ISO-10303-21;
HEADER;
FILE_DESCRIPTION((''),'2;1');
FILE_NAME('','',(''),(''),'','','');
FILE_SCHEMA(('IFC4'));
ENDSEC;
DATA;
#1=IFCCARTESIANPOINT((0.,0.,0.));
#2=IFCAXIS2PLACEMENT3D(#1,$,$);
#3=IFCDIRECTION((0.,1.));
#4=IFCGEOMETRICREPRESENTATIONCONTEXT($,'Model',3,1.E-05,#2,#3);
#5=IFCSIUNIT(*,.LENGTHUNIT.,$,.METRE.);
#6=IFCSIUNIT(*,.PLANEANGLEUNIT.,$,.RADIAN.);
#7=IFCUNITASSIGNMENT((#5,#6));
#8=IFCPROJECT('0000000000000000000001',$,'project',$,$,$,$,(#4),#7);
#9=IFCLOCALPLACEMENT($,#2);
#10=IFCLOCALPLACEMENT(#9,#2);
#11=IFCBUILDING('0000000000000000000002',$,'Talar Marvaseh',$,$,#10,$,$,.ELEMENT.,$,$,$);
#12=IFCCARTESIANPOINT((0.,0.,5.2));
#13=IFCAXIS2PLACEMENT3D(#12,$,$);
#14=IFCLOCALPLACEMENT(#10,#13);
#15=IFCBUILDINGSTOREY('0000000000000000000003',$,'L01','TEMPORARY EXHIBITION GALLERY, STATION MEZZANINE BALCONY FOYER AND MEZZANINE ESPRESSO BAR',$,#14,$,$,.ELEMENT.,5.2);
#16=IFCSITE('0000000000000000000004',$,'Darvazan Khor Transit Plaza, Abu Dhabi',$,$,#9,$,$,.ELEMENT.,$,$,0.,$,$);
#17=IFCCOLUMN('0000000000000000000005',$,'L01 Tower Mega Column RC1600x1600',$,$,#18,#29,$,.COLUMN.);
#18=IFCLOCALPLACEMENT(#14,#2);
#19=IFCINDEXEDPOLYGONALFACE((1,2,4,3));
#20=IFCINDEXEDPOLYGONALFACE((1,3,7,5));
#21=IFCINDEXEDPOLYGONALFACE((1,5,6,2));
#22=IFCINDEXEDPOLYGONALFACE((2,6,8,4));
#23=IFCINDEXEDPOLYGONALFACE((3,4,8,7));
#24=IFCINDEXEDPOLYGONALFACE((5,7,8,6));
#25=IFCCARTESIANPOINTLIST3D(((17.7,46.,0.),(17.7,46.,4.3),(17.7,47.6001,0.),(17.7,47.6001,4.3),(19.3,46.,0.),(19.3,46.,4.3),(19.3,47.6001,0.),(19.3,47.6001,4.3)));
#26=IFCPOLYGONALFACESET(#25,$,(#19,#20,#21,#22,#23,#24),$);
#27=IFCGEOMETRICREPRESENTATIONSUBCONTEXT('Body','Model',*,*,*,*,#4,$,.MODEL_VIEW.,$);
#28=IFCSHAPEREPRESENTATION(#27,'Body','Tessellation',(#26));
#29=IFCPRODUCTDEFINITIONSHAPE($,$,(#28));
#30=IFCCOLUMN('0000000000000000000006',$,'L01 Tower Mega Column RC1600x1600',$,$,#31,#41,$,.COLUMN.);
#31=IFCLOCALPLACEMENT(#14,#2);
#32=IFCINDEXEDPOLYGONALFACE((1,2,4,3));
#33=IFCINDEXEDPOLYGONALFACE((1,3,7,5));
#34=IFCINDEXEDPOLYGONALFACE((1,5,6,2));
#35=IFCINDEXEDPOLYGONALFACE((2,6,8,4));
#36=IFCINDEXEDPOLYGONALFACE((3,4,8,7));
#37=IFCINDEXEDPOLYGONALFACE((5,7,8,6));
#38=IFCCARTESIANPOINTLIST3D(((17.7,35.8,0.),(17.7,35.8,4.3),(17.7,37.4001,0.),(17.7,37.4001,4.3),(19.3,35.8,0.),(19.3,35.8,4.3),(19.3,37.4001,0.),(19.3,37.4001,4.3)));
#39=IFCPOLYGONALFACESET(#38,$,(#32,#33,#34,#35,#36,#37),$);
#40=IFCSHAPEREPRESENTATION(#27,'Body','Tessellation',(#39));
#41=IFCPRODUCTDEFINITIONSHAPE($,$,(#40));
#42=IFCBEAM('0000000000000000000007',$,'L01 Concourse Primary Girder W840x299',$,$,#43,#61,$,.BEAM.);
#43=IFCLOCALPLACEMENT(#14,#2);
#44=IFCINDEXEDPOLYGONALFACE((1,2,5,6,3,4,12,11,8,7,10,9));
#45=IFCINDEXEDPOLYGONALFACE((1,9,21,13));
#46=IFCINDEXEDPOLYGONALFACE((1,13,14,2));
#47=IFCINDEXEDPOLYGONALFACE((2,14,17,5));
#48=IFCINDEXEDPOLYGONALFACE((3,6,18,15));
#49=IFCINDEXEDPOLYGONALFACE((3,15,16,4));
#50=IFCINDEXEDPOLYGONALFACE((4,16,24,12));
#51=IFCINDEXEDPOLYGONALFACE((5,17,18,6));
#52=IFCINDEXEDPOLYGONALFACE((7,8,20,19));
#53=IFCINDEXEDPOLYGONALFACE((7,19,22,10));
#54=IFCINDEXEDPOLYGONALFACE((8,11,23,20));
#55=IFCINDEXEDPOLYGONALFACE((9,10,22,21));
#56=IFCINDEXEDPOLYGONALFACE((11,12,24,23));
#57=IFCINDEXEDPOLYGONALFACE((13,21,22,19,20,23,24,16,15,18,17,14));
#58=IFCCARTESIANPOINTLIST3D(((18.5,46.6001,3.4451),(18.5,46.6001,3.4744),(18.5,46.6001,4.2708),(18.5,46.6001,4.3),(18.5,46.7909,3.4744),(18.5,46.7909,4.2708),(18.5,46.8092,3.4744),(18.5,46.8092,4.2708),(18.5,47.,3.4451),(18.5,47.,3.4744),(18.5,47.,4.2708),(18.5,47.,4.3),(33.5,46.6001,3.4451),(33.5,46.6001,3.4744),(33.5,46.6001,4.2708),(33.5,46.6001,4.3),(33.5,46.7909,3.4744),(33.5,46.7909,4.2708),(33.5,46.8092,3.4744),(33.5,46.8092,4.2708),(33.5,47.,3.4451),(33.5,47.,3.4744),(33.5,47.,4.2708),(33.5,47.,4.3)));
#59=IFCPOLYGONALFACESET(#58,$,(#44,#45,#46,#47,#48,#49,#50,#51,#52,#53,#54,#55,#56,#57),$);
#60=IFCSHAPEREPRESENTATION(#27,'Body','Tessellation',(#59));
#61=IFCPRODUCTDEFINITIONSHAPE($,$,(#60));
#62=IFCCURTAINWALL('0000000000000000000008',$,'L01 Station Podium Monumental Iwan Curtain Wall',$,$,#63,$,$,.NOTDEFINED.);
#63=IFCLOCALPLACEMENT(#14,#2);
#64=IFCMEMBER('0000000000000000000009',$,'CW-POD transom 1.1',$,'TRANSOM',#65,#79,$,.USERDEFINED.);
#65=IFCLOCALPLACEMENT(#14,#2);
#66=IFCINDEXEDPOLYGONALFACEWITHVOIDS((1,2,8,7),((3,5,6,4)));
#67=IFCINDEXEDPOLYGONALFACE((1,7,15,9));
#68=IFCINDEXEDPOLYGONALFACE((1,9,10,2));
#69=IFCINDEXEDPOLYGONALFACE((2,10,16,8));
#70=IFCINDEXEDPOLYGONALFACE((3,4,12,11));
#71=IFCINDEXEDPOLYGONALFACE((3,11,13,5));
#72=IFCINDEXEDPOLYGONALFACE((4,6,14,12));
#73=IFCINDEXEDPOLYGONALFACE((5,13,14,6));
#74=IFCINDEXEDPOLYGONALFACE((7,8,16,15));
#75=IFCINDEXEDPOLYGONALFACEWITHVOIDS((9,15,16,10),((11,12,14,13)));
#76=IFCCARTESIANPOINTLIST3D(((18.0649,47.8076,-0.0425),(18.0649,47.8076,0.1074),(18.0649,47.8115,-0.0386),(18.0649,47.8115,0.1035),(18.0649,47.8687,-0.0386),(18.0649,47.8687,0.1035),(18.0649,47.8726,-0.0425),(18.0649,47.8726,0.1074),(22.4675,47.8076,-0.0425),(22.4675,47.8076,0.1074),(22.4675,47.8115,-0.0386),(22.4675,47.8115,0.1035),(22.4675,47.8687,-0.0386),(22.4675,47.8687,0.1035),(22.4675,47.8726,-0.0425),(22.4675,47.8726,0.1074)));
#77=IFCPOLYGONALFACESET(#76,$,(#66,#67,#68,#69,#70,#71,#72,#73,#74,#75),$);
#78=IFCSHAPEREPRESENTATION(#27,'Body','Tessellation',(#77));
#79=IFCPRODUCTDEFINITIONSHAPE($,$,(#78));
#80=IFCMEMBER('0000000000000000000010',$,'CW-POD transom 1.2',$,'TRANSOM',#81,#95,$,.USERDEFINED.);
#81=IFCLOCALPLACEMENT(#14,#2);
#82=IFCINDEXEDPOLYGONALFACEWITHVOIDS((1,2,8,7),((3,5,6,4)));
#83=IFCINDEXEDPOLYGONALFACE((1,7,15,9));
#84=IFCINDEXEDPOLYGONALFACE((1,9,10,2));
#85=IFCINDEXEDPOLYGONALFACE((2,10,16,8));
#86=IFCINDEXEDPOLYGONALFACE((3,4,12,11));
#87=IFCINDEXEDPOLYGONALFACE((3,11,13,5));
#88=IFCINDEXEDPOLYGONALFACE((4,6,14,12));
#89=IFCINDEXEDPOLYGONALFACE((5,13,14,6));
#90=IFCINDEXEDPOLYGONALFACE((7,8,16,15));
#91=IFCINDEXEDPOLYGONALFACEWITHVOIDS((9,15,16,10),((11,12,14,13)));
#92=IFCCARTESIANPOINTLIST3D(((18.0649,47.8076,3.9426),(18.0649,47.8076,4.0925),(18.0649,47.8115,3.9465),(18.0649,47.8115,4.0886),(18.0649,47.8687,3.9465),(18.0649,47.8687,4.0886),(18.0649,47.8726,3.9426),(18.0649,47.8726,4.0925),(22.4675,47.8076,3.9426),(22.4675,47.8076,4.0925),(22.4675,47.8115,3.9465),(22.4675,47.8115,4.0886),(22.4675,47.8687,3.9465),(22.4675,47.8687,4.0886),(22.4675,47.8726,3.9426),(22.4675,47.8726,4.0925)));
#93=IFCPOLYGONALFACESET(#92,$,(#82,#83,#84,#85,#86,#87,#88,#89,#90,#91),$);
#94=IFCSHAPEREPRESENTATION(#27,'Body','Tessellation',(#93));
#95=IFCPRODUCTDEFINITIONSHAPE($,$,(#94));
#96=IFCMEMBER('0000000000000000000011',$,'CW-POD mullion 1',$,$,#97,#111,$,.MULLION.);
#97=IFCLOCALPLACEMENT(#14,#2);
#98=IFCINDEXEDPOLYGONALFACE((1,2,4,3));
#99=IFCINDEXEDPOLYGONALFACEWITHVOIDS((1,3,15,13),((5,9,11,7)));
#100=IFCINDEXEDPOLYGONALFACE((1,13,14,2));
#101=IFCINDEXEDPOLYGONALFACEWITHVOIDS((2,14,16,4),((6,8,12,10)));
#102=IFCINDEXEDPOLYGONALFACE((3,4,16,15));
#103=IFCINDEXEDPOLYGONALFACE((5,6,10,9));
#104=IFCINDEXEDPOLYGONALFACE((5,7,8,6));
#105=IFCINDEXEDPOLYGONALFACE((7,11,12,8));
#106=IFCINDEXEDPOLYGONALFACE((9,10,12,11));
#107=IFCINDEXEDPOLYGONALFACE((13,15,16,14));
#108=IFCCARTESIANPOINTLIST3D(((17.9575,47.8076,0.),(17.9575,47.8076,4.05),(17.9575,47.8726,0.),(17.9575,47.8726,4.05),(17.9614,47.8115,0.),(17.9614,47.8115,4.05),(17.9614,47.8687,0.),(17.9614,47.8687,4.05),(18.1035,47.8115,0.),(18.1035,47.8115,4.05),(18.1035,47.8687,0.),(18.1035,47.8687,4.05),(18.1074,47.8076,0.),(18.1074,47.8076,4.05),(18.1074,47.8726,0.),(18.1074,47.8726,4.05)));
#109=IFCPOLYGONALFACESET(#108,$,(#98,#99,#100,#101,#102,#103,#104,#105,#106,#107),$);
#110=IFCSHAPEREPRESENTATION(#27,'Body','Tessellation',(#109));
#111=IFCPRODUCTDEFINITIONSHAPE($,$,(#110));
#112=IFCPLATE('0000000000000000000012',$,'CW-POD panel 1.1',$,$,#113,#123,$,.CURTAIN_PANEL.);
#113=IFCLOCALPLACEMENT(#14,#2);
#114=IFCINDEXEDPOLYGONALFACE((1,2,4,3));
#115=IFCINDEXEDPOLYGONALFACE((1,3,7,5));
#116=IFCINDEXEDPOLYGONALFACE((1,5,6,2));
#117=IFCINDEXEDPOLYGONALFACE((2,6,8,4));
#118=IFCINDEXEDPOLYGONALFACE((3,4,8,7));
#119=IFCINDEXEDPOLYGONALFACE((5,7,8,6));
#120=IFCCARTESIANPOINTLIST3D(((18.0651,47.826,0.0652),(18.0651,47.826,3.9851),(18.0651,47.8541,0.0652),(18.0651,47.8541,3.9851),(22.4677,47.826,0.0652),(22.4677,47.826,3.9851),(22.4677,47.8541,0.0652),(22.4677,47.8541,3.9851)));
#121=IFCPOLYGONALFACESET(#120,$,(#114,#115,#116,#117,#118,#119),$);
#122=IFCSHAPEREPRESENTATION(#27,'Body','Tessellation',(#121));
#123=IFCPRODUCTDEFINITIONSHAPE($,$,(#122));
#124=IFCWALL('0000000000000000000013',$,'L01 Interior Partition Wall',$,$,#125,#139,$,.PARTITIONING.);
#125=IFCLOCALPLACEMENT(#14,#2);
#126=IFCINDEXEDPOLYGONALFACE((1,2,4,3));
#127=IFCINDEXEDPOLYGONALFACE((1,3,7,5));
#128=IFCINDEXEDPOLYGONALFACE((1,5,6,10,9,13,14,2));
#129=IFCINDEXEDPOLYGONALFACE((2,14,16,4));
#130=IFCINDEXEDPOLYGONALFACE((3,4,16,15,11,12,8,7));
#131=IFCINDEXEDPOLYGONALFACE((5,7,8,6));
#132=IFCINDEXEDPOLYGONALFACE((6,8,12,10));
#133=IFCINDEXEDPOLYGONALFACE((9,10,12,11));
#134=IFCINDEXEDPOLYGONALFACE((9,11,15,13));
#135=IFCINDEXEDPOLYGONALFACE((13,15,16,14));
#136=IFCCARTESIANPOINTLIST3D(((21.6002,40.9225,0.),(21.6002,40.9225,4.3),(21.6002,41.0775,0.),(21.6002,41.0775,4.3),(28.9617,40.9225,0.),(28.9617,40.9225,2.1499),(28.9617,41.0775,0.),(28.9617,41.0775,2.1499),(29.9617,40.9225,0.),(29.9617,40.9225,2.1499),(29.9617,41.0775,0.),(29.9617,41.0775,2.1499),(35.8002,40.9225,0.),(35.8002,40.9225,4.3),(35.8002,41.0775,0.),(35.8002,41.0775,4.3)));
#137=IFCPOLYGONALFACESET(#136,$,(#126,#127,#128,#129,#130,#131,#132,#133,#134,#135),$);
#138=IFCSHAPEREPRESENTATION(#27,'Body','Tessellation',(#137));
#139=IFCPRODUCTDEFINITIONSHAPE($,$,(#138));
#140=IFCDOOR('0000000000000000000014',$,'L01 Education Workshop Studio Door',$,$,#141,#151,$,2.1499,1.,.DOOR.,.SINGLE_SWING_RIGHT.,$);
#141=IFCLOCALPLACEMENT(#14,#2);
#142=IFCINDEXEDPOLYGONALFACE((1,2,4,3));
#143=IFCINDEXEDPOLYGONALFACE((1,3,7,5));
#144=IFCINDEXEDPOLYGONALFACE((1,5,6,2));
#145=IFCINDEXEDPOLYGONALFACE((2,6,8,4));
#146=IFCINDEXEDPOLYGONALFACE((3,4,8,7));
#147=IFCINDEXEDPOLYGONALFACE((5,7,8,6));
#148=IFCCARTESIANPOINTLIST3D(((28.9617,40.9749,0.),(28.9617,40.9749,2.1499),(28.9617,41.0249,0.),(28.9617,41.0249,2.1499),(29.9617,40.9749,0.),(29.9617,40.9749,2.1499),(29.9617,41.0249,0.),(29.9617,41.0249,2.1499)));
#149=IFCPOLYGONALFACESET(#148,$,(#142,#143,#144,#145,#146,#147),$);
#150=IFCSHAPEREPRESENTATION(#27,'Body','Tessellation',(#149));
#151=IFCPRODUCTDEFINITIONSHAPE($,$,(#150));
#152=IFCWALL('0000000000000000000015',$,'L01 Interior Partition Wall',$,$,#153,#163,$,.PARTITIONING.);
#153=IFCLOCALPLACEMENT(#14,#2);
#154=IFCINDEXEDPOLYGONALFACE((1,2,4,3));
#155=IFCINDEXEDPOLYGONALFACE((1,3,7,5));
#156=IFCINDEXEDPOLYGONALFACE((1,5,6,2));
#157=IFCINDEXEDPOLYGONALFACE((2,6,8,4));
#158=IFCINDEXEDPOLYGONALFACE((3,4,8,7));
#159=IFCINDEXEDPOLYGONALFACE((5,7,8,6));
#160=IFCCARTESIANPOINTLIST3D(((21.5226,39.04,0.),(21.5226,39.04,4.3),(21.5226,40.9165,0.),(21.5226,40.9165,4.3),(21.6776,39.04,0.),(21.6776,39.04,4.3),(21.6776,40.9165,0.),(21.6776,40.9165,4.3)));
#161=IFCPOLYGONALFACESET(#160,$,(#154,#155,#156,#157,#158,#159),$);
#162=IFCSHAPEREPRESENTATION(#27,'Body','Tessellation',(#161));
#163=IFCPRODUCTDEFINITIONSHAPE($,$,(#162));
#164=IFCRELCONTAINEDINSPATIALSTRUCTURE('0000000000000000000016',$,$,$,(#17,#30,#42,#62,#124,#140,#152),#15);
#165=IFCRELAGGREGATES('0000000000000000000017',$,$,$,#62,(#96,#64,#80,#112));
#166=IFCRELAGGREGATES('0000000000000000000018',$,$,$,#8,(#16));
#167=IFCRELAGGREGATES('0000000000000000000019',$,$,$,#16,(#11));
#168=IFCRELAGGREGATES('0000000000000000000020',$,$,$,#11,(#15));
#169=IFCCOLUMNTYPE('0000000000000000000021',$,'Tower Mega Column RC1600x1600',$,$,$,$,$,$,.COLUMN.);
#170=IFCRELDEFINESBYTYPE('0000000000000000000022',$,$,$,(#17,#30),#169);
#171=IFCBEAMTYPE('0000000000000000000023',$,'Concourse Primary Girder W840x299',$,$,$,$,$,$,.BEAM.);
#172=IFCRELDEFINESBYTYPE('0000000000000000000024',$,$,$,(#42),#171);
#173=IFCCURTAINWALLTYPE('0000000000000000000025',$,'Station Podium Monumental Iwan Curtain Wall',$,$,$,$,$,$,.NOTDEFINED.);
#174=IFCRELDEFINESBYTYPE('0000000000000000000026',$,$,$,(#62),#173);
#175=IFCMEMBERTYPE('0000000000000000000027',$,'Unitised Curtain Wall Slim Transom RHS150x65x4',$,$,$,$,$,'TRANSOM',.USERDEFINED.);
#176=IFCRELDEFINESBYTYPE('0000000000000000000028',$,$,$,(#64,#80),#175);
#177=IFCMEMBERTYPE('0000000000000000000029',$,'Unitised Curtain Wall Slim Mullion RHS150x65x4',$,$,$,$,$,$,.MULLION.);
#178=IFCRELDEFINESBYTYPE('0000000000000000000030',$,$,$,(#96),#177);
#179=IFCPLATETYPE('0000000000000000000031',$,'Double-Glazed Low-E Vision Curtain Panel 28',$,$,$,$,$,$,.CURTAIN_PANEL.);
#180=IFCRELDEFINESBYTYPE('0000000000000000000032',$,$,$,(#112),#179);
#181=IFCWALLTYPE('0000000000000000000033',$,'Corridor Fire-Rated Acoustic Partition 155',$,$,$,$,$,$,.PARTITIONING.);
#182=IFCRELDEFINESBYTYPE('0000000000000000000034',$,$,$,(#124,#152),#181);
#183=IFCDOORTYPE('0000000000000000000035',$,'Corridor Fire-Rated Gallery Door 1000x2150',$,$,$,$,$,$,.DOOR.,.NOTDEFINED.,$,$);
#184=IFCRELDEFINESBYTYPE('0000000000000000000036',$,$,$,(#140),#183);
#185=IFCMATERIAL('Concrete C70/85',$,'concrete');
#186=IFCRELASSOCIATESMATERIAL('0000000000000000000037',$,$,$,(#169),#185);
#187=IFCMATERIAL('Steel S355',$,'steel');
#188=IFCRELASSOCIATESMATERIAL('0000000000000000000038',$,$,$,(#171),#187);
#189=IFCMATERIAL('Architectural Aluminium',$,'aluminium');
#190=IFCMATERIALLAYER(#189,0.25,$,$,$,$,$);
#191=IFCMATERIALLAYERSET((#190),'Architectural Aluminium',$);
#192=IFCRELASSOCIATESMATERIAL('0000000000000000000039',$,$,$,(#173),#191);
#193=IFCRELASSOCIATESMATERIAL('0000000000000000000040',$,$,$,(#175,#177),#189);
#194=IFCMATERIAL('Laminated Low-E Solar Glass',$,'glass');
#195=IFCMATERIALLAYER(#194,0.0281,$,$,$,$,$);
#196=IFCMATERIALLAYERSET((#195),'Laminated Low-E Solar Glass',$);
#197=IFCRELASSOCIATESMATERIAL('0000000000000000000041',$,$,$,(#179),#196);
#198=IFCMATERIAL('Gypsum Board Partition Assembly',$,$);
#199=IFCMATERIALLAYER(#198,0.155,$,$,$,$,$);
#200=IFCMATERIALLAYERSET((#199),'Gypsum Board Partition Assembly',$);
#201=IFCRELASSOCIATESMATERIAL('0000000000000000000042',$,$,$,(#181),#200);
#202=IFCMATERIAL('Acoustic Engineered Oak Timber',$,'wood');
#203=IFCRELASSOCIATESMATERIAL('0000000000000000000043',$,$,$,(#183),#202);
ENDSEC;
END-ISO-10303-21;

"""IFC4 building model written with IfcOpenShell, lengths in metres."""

from ifc_helpers import new_model, si_unit, direction, frame, frame_2d, origin, origin_2d, place, context, subcontext, project, spatial, rectangle, hollow_rectangle, i_section, extrude, source, transform, mapped, material, layer, layer_set, material_profile, profile_set, type_object, type_shapes, element, fill, aggregate, save


model = new_model("IFC4")

# Units and contexts
model_context = context("Model", 3, precision=1e-05, world=origin(), true_north=direction((0.0, 1.0)))
body_context = subcontext(model_context, "Body", "Model", "MODEL_VIEW")
ifc_project = project(units=[si_unit("LENGTHUNIT", "METRE"), si_unit("PLANEANGLEUNIT", "RADIAN")], contexts=[model_context])

# Site, building, storey
site_placement = place(None, origin())
site = spatial("IfcSite", under=ifc_project, at=site_placement, Name="Darvazan Khor Transit Plaza, Abu Dhabi", CompositionType="ELEMENT", RefElevation=0.0)
building_placement = place(site_placement, origin())
building = spatial("IfcBuilding", under=site, at=building_placement, Name="Talar Marvaseh", CompositionType="ELEMENT")
storey_placement = place(building_placement, frame((0.0, 0.0, 5.2)))
storey = spatial("IfcBuildingStorey", under=building, at=storey_placement, Name="L01", Description="TEMPORARY EXHIBITION GALLERY, STATION MEZZANINE BALCONY FOYER AND MEZZANINE ESPRESSO BAR", CompositionType="ELEMENT", Elevation=5.2)

# Columns
ifc_material_1 = material(Name="Concrete C70/85", Category="concrete")
ifc_material_profile_1 = material_profile(ifc_material_1, rectangle(XDim=1.6001, YDim=1.6001, at=origin_2d()), Name="RC1600x1600")
ifc_profile_set_1 = profile_set([ifc_material_profile_1], Name="Concrete C70/85")
column_type = type_object("IfcColumnType", Name="Tower Mega Column RC1600x1600", PredefinedType="COLUMN", material=ifc_profile_set_1)
for number, where, z_axis, x_axis, name in (
    (1, (18.5, 46.8, 0.0), (0.0, 0.0, 1.0), (1.0, 0.0, 0.0), "L01 Tower Mega Column RC1600x1600"),
    (2, (18.5, 36.6001, 0.0), (0.0, 0.0, 1.0), (1.0, 0.0, 0.0), "L01 Tower Mega Column RC1600x1600"),
):
    element("IfcColumn", number, at=place(storey_placement, frame(where, z_axis=z_axis, x_axis=x_axis)), inside=storey, type_object=column_type, Name=name, PredefinedType="COLUMN", context=body_context, shape_type="SweptSolid", body=[
        extrude(rectangle(XDim=1.6001, YDim=1.6001, at=origin_2d()), origin(), (0.0, 0.0, 1.0), 4.3),
    ])

# Beam
ifc_material_2 = material(Name="Steel S355", Category="steel")
ifc_material_profile_2 = material_profile(ifc_material_2, i_section(OverallWidth=0.3999, OverallDepth=0.855, WebThickness=0.0183, FlangeThickness=0.0293, at=origin_2d()), Name="W840x299")
ifc_profile_set_2 = profile_set([ifc_material_profile_2], Name="Steel S355")
beam_type = type_object("IfcBeamType", Name="Concourse Primary Girder W840x299", PredefinedType="BEAM", material=ifc_profile_set_2)
beam_placement = place(storey_placement, frame((18.5, 46.8, 3.8726), z_axis=(1.0, 0.0, 0.0), x_axis=(0.0, 1.0, 0.0)))
element("IfcBeam", 3, at=beam_placement, inside=storey, type_object=beam_type, Name="L01 Concourse Primary Girder W840x299", PredefinedType="BEAM", context=body_context, shape_type="SweptSolid", body=[
    extrude(i_section(OverallWidth=0.3999, OverallDepth=0.855, WebThickness=0.0183, FlangeThickness=0.0293, at=origin_2d()), origin(), (0.0, 0.0, 1.0), 15.0),
])

# Curtain wall, members, plate
ifc_material_3 = material(Name="Architectural Aluminium", Category="aluminium")
ifc_layer_1 = layer(ifc_material_3, 0.25)
ifc_layer_set_1 = layer_set([ifc_layer_1], Name="Architectural Aluminium")
curtain_wall_type = type_object("IfcCurtainWallType", Name="Station Podium Monumental Iwan Curtain Wall", PredefinedType="NOTDEFINED", material=ifc_layer_set_1)
curtain_wall_placement = place(storey_placement, origin())
curtain_wall = element("IfcCurtainWall", 4, at=curtain_wall_placement, inside=storey, type_object=curtain_wall_type, Name="L01 Station Podium Monumental Iwan Curtain Wall", PredefinedType="NOTDEFINED")
ifc_material_profile_3 = material_profile(ifc_material_3, hollow_rectangle(XDim=0.0649, YDim=0.1499, WallThickness=0.0039, at=origin_2d()), Name="RHS150x65x4")
ifc_profile_set_3 = profile_set([ifc_material_profile_3], Name="Architectural Aluminium")
member_type_1 = type_object("IfcMemberType", Name="Unitised Curtain Wall Slim Transom RHS150x65x4", ElementType="TRANSOM", PredefinedType="USERDEFINED", material=ifc_profile_set_3)
shared_shape_1 = source(origin(), body_context, "Body", "SweptSolid", [
    extrude(hollow_rectangle(XDim=0.0649, YDim=0.1499, WallThickness=0.0039, at=origin_2d()), origin(), (0.0, 0.0, 1.0), 4.4026),
])
type_shapes(member_type_1, [shared_shape_1])
member_1_placement = place(storey_placement, frame((18.0649, 47.8401, 0.0325), z_axis=(1.0, 0.0, 0.0), x_axis=(0.0, 1.0, 0.0)))
member_1 = element("IfcMember", 5, at=member_1_placement, type_object=member_type_1, Name="CW-POD transom 1.1", ObjectType="TRANSOM", PredefinedType="USERDEFINED", context=body_context, shape_type="MappedRepresentation", body=[
    mapped(shared_shape_1, transform((0.0, 0.0, 0.0), x_axis=(1.0, 0.0, 0.0), y_axis=(0.0, 1.0, 0.0), z_axis=(0.0, 0.0, 1.0), scale=1.0)),
])
member_2_placement = place(storey_placement, frame((18.0649, 47.8401, 4.0176), z_axis=(1.0, 0.0, 0.0), x_axis=(0.0, 1.0, 0.0)))
member_2 = element("IfcMember", 6, at=member_2_placement, type_object=member_type_1, Name="CW-POD transom 1.2", ObjectType="TRANSOM", PredefinedType="USERDEFINED", context=body_context, shape_type="MappedRepresentation", body=[
    mapped(shared_shape_1, transform((0.0, 0.0, 0.0), x_axis=(1.0, 0.0, 0.0), y_axis=(0.0, 1.0, 0.0), z_axis=(0.0, 0.0, 1.0), scale=1.0)),
])
ifc_material_profile_4 = material_profile(ifc_material_3, hollow_rectangle(XDim=0.0649, YDim=0.1499, WallThickness=0.0039, at=origin_2d()), Name="RHS150x65x4")
ifc_profile_set_4 = profile_set([ifc_material_profile_4], Name="Architectural Aluminium")
member_type_2 = type_object("IfcMemberType", Name="Unitised Curtain Wall Slim Mullion RHS150x65x4", PredefinedType="MULLION", material=ifc_profile_set_4)
shared_shape_2 = source(origin(), body_context, "Body", "SweptSolid", [
    extrude(hollow_rectangle(XDim=0.0649, YDim=0.1499, WallThickness=0.0039, at=origin_2d()), origin(), (0.0, 0.0, 1.0), 4.05),
])
type_shapes(member_type_2, [shared_shape_2])
member_3_placement = place(storey_placement, frame((18.0325, 47.8401, 0.0), z_axis=(0.0, 0.0, 1.0), x_axis=(0.0, 1.0, 0.0)))
member_3 = element("IfcMember", 7, at=member_3_placement, type_object=member_type_2, Name="CW-POD mullion 1", PredefinedType="MULLION", context=body_context, shape_type="MappedRepresentation", body=[
    mapped(shared_shape_2, transform((0.0, 0.0, 0.0), x_axis=(1.0, 0.0, 0.0), y_axis=(0.0, 1.0, 0.0), z_axis=(0.0, 0.0, 1.0), scale=1.0)),
])
ifc_material_4 = material(Name="Laminated Low-E Solar Glass", Category="glass")
ifc_layer_2 = layer(ifc_material_4, 0.0281)
ifc_layer_set_2 = layer_set([ifc_layer_2], Name="Laminated Low-E Solar Glass")
plate_type = type_object("IfcPlateType", Name="Double-Glazed Low-E Vision Curtain Panel 28", PredefinedType="CURTAIN_PANEL", material=ifc_layer_set_2)
shared_shape_3 = source(origin(), body_context, "Body", "SweptSolid", [
    extrude(rectangle(XDim=4.4026, YDim=0.0281, at=origin_2d()), origin(), (0.0, 0.0, 1.0), 3.9199),
])
type_shapes(plate_type, [shared_shape_3])
plate_placement = place(storey_placement, frame((20.2664, 47.8401, 0.0652), z_axis=(0.0, 0.0, 1.0), x_axis=(1.0, 0.0, 0.0)))
plate = element("IfcPlate", 8, at=plate_placement, type_object=plate_type, Name="CW-POD panel 1.1", PredefinedType="CURTAIN_PANEL", context=body_context, shape_type="MappedRepresentation", body=[
    mapped(shared_shape_3, transform((0.0, 0.0, 0.0), x_axis=(1.0, 0.0, 0.0), y_axis=(0.0, 1.0, 0.0), z_axis=(0.0, 0.0, 1.0), scale=1.0)),
])
aggregate(curtain_wall, [member_3, member_1, member_2, plate])

# Wall, opening, door
ifc_material_5 = material(Name="Gypsum Board Partition Assembly")
ifc_layer_3 = layer(ifc_material_5, 0.155)
ifc_layer_set_3 = layer_set([ifc_layer_3], Name="Gypsum Board Partition Assembly")
wall_type_1 = type_object("IfcWallType", Name="Corridor Fire-Rated Acoustic Partition 155", PredefinedType="PARTITIONING", material=ifc_layer_set_3)
wall_1_placement = place(storey_placement, frame((21.6001, 41.0, 0.0), z_axis=(0.0, 0.0, 1.0), x_axis=(1.0, 0.0, 0.0)))
wall_1 = element("IfcWall", 9, at=wall_1_placement, inside=storey, type_object=wall_type_1, Name="L01 Interior Partition Wall", PredefinedType="PARTITIONING", context=body_context, shape_type="SweptSolid", body=[
    extrude(rectangle(XDim=14.2, YDim=0.155, at=frame_2d((7.1001, 0.0))), origin(), (0.0, 0.0, 1.0), 4.3),
])
opening_placement = place(wall_1_placement, frame((7.3616, 0.0, 0.0)))
opening = element("IfcOpeningElement", 10, at=opening_placement, cuts=wall_1, PredefinedType="OPENING", context=body_context, shape_type="SweptSolid", body=[
    extrude(rectangle(XDim=1.0, YDim=2.1499, at=frame_2d((0.5, 1.075))), frame((0.0, 0.0874, 0.0), z_axis=(0.0, -1.0, 0.0), x_axis=(1.0, 0.0, 0.0)), (0.0, 0.0, 1.0), 0.175),
])
ifc_material_6 = material(Name="Acoustic Engineered Oak Timber", Category="wood")
door_type = type_object("IfcDoorType", Name="Corridor Fire-Rated Gallery Door 1000x2150", OperationType="NOTDEFINED", PredefinedType="DOOR", material=ifc_material_6)
shared_shape_4 = source(origin(), body_context, "Body", "SweptSolid", [
    extrude(rectangle(XDim=1.0, YDim=2.1499, at=frame_2d((0.5, 1.075))), frame((0.0, 0.0249, 0.0), z_axis=(0.0, -1.0, 0.0), x_axis=(1.0, 0.0, 0.0)), (0.0, 0.0, 1.0), 0.05),
])
type_shapes(door_type, [shared_shape_4])
door_placement = place(opening_placement, origin())
door = element("IfcDoor", 11, at=door_placement, inside=storey, type_object=door_type, Name="L01 Education Workshop Studio Door", OperationType="SINGLE_SWING_RIGHT", OverallHeight=2.1499, OverallWidth=1.0, PredefinedType="DOOR", context=body_context, shape_type="MappedRepresentation", body=[
    mapped(shared_shape_4, transform((0.0, 0.0, 0.0), x_axis=(1.0, 0.0, 0.0), y_axis=(0.0, 1.0, 0.0), z_axis=(0.0, 0.0, 1.0), scale=1.0)),
])
fill(opening, door)

# Wall
wall_2_placement = place(storey_placement, frame((21.6001, 39.04, 0.0), z_axis=(0.0, 0.0, 1.0), x_axis=(0.0, 1.0, 0.0)))
element("IfcWall", 12, at=wall_2_placement, inside=storey, type_object=wall_type_1, Name="L01 Interior Partition Wall", PredefinedType="PARTITIONING", context=body_context, shape_type="SweptSolid", body=[
    extrude(rectangle(XDim=1.8765, YDim=0.155, at=frame_2d((0.9382, 0.0))), origin(), (0.0, 0.0, 1.0), 4.3),
])

save(model, "model.ifc")
